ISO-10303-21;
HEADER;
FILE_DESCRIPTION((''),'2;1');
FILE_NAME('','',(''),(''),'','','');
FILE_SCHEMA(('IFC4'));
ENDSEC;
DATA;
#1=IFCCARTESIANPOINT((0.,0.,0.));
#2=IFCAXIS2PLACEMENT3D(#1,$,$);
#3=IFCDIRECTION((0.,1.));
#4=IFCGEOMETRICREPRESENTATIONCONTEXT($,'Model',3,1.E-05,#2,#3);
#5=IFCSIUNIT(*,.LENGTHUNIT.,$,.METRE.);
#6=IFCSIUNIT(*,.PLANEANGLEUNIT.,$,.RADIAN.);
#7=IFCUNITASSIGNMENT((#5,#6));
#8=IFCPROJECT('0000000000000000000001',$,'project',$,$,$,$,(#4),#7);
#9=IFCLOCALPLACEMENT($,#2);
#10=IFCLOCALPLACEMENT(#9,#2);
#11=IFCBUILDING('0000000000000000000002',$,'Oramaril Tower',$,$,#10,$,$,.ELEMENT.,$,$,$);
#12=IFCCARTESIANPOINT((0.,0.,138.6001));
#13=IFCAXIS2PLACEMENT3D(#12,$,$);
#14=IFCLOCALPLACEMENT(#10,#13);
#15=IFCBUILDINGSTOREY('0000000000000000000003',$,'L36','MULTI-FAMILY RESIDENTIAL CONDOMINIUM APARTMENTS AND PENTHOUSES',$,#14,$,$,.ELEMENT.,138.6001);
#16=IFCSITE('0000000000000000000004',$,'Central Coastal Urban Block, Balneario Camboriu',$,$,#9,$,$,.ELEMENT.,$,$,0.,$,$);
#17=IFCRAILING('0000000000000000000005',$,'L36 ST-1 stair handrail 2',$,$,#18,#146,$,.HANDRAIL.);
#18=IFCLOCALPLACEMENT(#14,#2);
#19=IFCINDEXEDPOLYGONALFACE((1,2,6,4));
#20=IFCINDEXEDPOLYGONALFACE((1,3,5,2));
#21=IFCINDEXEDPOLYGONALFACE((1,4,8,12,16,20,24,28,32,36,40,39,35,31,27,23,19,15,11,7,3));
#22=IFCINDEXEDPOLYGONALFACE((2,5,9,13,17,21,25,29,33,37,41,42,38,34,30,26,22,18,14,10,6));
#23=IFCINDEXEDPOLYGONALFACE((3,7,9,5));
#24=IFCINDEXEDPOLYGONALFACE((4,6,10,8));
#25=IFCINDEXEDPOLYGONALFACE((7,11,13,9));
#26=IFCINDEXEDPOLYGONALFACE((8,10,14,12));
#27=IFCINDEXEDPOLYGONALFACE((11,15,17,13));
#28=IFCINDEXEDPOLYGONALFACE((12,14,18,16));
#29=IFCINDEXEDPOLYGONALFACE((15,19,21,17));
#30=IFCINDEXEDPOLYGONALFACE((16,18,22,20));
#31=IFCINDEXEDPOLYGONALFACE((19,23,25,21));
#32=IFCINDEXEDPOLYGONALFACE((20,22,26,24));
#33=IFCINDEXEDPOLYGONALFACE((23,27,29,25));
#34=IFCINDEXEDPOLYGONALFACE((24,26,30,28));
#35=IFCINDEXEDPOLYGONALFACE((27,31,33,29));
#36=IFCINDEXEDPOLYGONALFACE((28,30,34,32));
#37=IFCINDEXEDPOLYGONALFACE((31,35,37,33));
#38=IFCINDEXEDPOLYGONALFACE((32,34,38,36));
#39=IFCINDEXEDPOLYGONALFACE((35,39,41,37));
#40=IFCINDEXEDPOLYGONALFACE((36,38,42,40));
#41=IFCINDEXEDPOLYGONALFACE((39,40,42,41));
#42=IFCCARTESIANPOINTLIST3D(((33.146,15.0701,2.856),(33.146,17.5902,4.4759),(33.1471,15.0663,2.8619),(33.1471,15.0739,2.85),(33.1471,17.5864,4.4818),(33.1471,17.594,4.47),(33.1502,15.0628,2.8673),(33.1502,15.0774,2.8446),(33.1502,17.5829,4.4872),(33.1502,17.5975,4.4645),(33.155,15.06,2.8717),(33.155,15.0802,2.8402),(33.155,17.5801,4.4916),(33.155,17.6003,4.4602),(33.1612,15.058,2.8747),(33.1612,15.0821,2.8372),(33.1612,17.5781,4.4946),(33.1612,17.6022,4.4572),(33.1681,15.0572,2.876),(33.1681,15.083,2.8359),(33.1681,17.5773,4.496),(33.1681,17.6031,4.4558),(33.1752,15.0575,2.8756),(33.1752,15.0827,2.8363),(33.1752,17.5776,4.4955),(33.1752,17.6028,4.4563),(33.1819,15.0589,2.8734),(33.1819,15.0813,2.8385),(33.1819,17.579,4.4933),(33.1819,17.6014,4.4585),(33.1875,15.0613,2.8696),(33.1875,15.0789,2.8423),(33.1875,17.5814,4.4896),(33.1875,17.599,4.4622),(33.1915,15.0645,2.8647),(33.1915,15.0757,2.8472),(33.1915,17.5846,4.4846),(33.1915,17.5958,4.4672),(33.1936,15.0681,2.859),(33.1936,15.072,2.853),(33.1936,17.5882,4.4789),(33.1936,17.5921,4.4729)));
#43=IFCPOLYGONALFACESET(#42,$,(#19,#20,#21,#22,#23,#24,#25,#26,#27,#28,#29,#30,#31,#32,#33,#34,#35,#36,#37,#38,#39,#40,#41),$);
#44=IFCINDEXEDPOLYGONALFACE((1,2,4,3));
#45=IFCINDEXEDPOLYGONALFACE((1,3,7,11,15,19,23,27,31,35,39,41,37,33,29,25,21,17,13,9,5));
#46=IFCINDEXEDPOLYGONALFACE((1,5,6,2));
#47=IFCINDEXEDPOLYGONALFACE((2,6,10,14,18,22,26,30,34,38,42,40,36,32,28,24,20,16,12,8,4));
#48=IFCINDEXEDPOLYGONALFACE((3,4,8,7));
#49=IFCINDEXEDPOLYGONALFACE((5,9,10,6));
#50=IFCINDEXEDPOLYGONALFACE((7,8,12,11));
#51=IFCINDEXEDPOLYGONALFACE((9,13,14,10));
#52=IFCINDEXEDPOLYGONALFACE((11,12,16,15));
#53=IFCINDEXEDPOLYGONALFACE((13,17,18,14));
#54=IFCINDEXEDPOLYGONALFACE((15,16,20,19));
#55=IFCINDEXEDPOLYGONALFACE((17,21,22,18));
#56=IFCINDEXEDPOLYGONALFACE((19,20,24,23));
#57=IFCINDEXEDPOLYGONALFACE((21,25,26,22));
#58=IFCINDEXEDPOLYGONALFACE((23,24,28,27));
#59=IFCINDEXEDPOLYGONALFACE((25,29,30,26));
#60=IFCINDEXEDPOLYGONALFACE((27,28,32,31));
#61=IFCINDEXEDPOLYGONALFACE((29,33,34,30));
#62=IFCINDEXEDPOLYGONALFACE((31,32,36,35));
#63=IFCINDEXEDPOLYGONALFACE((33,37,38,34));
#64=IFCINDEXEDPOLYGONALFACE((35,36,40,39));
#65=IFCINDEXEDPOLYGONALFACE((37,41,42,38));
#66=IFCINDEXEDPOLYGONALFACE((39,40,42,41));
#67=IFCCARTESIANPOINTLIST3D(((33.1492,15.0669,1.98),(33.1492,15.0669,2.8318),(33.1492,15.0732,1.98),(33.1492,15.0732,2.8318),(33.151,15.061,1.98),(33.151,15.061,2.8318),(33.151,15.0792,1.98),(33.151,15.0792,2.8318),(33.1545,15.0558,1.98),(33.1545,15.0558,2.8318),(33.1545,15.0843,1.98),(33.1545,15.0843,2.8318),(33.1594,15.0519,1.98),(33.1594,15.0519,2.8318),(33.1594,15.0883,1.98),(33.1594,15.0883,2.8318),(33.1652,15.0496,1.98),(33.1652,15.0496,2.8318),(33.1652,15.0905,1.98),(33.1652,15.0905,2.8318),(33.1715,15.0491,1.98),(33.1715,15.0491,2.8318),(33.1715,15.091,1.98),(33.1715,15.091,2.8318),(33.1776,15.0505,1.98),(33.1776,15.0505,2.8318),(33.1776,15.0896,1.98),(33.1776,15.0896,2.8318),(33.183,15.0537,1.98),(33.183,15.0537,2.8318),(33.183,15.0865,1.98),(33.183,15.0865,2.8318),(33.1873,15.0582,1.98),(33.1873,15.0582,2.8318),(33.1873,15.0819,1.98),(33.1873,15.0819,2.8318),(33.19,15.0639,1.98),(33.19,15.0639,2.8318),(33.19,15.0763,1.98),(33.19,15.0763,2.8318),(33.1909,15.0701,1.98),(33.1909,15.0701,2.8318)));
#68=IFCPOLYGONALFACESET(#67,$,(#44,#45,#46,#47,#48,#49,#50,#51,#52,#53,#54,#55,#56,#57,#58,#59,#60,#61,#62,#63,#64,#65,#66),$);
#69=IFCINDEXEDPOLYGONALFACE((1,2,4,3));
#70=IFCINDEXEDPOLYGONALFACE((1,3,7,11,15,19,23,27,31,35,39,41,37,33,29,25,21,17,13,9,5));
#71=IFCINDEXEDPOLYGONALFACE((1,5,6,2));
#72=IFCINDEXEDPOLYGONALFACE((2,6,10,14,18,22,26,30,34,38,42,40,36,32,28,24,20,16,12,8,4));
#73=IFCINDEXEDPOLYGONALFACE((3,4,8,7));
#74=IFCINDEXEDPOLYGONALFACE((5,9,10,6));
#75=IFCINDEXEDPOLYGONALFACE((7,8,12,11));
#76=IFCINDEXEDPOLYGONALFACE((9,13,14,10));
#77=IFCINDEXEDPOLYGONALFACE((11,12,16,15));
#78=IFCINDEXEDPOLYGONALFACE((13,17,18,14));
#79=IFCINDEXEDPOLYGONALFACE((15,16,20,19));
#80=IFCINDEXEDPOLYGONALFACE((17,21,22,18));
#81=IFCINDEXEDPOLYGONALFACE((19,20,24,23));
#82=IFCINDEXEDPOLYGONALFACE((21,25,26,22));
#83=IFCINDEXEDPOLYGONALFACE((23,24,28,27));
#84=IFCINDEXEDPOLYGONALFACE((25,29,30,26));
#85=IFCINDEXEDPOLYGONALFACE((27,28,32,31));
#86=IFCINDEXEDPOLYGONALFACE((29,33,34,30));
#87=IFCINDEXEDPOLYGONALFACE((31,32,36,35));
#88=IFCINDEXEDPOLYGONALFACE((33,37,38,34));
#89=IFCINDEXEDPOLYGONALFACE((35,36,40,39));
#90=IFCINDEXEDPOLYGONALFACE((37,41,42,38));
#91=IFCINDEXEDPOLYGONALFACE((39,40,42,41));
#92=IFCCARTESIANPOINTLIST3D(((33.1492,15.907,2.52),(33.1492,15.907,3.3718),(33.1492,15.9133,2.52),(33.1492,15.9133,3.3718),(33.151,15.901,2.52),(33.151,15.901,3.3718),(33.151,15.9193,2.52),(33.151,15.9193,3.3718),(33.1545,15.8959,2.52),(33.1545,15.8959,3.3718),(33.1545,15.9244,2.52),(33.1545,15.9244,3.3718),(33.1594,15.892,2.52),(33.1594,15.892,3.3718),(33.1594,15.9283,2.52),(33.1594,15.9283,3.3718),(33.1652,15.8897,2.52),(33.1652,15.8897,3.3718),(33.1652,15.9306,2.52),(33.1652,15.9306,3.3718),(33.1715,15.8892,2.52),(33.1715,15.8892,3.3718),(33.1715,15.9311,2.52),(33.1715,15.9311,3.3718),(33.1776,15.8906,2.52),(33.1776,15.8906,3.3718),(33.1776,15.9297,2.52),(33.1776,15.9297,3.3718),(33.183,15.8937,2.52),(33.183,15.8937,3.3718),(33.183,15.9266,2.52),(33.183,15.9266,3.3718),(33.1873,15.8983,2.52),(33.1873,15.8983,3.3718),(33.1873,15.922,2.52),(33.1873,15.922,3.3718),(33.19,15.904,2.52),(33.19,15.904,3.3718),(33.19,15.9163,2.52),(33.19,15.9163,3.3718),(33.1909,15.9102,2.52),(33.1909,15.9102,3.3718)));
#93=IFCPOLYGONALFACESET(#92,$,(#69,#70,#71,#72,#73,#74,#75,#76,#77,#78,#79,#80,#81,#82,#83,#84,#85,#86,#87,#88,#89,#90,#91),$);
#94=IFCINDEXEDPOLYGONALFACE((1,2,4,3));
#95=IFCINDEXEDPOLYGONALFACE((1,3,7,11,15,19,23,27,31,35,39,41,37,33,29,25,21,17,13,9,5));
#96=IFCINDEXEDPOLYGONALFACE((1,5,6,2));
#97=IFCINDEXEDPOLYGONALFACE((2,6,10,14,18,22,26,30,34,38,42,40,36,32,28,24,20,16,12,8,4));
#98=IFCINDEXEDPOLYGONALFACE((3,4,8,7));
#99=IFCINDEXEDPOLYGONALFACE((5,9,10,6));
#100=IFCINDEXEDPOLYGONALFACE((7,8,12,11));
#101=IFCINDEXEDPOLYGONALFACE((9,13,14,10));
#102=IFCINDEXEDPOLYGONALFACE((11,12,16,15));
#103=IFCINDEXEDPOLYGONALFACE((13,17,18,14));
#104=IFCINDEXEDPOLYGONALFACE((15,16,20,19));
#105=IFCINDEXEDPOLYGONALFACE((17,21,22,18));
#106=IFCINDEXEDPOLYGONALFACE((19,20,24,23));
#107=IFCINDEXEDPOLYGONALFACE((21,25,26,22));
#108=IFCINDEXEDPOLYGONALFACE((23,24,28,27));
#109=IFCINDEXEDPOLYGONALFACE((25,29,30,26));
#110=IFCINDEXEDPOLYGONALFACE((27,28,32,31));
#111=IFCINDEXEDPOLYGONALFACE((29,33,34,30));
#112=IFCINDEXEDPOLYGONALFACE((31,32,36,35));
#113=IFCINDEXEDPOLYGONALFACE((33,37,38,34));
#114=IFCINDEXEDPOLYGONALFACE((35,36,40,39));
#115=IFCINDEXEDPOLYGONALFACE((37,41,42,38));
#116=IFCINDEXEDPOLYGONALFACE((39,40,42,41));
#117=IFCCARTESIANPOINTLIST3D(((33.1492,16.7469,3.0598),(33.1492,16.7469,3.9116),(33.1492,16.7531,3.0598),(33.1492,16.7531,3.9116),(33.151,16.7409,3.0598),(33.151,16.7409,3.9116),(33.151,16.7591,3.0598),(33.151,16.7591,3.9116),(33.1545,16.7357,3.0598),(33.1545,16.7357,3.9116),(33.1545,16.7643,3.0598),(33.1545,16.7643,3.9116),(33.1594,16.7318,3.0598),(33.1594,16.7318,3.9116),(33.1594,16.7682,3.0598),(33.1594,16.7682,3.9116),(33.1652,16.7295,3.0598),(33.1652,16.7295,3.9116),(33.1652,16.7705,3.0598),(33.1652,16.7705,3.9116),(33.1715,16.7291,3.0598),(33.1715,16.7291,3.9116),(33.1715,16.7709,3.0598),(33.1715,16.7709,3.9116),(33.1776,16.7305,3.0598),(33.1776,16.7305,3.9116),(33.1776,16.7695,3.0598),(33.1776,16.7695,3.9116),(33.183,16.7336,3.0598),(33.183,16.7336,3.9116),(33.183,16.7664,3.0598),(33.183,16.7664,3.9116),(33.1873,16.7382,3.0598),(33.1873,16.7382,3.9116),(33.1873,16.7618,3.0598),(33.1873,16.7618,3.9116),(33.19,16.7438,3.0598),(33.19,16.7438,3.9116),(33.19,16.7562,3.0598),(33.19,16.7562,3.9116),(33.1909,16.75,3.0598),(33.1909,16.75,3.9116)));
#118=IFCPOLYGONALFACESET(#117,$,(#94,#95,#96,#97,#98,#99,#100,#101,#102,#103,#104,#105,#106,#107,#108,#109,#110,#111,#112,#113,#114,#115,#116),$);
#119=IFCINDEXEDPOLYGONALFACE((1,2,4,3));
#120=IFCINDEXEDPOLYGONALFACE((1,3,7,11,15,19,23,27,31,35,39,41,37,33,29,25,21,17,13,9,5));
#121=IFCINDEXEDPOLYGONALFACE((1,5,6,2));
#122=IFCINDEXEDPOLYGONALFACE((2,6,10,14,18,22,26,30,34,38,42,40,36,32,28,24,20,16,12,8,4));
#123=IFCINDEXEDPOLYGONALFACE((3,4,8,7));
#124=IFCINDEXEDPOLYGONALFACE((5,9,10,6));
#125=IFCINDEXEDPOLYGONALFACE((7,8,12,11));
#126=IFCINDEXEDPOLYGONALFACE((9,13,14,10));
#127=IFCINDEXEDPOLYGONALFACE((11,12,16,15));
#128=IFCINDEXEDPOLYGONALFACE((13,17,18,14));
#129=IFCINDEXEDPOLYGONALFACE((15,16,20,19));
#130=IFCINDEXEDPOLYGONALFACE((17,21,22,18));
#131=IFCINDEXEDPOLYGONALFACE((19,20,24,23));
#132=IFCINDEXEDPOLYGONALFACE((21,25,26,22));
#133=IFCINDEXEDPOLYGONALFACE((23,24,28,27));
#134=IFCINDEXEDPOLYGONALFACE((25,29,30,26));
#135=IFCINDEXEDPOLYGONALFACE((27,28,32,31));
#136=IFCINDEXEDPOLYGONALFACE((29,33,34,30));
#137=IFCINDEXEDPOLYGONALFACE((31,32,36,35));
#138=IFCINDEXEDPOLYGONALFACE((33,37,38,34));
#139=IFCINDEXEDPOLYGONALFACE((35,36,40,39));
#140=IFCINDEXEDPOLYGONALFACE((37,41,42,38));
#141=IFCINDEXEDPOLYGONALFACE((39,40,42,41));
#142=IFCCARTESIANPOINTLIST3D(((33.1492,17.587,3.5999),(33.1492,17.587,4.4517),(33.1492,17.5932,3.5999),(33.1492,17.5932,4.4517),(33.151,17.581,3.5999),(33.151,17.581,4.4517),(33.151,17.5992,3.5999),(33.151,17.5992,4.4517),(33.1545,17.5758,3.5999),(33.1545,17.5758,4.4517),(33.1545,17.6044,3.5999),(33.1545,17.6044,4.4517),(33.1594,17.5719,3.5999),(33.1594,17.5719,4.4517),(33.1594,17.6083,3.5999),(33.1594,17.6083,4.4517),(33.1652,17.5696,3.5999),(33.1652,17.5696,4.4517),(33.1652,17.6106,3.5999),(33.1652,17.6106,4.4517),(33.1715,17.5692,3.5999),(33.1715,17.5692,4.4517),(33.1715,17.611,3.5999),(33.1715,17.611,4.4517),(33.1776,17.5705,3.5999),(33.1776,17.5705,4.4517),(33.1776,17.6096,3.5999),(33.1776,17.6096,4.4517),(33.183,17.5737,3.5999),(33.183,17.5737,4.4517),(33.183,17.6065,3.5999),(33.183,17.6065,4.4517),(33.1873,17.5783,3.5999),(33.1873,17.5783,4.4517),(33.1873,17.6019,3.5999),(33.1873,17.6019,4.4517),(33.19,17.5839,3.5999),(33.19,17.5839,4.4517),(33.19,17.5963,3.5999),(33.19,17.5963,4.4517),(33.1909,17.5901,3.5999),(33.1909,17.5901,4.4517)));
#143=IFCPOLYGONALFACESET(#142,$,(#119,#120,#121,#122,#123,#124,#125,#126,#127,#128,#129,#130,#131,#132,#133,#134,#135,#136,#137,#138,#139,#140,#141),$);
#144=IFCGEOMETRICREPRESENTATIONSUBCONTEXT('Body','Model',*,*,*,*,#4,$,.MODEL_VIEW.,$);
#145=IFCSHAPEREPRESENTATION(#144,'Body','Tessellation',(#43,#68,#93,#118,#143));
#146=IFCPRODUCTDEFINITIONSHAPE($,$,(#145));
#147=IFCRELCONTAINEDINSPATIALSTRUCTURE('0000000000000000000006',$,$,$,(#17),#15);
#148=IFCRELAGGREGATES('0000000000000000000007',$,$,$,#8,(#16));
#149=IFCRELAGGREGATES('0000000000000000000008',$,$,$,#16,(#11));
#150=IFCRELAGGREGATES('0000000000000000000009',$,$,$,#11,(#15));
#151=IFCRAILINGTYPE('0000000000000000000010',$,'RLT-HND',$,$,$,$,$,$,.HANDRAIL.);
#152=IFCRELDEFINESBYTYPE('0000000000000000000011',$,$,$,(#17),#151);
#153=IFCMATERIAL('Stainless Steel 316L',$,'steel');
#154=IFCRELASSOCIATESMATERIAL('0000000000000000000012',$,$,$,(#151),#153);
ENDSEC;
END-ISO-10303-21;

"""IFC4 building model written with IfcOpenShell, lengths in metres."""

from ifc_helpers import new_model, si_unit, direction, frame, origin, origin_2d, place, context, subcontext, project, spatial, circle, extrude, material, type_object, element, save


model = new_model("IFC4")

# Units and contexts
model_context = context("Model", 3, precision=1e-05, world=origin(), true_north=direction((0.0, 1.0)))
body_context = subcontext(model_context, "Body", "Model", "MODEL_VIEW")
ifc_project = project(units=[si_unit("LENGTHUNIT", "METRE"), si_unit("PLANEANGLEUNIT", "RADIAN")], contexts=[model_context])

# Site, building, storey
site_placement = place(None, origin())
site = spatial("IfcSite", under=ifc_project, at=site_placement, Name="Central Coastal Urban Block, Balneario Camboriu", CompositionType="ELEMENT", RefElevation=0.0)
building_placement = place(site_placement, origin())
building = spatial("IfcBuilding", under=site, at=building_placement, Name="Oramaril Tower", CompositionType="ELEMENT")
storey_placement = place(building_placement, frame((0.0, 0.0, 138.6001)))
storey = spatial("IfcBuildingStorey", under=building, at=storey_placement, Name="L36", Description="MULTI-FAMILY RESIDENTIAL CONDOMINIUM APARTMENTS AND PENTHOUSES", CompositionType="ELEMENT", Elevation=138.6001)

# Railing
ifc_material_1 = material(Name="Stainless Steel 316L", Category="steel")
railing_type_1 = type_object("IfcRailingType", Name="RLT-HND", PredefinedType="HANDRAIL", material=ifc_material_1)
for number, where, name in (
    (1, (33.1699, 15.0701, 1.98), "L36 ST-1 stair handrail 2"),
):
    element("IfcRailing", number, at=place(storey_placement, frame(where)), inside=storey, type_object=railing_type_1, Name=name, PredefinedType="HANDRAIL", context=body_context, shape_type="SweptSolid", body=[
        extrude(circle(Radius=0.0239, at=origin_2d()), frame((0.0, 0.0, 0.876), z_axis=(0.0, 0.8412, 0.540725), x_axis=(-1.0, 0.0, 0.0)), (0.0, 0.0, 1.0), 2.9958),
        extrude(circle(Radius=0.021, at=origin_2d()), origin(), (0.0, 0.0, 1.0), 0.8518),
        extrude(circle(Radius=0.021, at=origin_2d()), frame((0.0, 0.8401, 0.54)), (0.0, 0.0, 1.0), 0.8518),
        extrude(circle(Radius=0.021, at=origin_2d()), frame((0.0, 1.6799, 1.0798)), (0.0, 0.0, 1.0), 0.8518),
        extrude(circle(Radius=0.021, at=origin_2d()), frame((0.0, 2.52, 1.6199)), (0.0, 0.0, 1.0), 0.8518),
    ])

save(model, "model.ifc")
